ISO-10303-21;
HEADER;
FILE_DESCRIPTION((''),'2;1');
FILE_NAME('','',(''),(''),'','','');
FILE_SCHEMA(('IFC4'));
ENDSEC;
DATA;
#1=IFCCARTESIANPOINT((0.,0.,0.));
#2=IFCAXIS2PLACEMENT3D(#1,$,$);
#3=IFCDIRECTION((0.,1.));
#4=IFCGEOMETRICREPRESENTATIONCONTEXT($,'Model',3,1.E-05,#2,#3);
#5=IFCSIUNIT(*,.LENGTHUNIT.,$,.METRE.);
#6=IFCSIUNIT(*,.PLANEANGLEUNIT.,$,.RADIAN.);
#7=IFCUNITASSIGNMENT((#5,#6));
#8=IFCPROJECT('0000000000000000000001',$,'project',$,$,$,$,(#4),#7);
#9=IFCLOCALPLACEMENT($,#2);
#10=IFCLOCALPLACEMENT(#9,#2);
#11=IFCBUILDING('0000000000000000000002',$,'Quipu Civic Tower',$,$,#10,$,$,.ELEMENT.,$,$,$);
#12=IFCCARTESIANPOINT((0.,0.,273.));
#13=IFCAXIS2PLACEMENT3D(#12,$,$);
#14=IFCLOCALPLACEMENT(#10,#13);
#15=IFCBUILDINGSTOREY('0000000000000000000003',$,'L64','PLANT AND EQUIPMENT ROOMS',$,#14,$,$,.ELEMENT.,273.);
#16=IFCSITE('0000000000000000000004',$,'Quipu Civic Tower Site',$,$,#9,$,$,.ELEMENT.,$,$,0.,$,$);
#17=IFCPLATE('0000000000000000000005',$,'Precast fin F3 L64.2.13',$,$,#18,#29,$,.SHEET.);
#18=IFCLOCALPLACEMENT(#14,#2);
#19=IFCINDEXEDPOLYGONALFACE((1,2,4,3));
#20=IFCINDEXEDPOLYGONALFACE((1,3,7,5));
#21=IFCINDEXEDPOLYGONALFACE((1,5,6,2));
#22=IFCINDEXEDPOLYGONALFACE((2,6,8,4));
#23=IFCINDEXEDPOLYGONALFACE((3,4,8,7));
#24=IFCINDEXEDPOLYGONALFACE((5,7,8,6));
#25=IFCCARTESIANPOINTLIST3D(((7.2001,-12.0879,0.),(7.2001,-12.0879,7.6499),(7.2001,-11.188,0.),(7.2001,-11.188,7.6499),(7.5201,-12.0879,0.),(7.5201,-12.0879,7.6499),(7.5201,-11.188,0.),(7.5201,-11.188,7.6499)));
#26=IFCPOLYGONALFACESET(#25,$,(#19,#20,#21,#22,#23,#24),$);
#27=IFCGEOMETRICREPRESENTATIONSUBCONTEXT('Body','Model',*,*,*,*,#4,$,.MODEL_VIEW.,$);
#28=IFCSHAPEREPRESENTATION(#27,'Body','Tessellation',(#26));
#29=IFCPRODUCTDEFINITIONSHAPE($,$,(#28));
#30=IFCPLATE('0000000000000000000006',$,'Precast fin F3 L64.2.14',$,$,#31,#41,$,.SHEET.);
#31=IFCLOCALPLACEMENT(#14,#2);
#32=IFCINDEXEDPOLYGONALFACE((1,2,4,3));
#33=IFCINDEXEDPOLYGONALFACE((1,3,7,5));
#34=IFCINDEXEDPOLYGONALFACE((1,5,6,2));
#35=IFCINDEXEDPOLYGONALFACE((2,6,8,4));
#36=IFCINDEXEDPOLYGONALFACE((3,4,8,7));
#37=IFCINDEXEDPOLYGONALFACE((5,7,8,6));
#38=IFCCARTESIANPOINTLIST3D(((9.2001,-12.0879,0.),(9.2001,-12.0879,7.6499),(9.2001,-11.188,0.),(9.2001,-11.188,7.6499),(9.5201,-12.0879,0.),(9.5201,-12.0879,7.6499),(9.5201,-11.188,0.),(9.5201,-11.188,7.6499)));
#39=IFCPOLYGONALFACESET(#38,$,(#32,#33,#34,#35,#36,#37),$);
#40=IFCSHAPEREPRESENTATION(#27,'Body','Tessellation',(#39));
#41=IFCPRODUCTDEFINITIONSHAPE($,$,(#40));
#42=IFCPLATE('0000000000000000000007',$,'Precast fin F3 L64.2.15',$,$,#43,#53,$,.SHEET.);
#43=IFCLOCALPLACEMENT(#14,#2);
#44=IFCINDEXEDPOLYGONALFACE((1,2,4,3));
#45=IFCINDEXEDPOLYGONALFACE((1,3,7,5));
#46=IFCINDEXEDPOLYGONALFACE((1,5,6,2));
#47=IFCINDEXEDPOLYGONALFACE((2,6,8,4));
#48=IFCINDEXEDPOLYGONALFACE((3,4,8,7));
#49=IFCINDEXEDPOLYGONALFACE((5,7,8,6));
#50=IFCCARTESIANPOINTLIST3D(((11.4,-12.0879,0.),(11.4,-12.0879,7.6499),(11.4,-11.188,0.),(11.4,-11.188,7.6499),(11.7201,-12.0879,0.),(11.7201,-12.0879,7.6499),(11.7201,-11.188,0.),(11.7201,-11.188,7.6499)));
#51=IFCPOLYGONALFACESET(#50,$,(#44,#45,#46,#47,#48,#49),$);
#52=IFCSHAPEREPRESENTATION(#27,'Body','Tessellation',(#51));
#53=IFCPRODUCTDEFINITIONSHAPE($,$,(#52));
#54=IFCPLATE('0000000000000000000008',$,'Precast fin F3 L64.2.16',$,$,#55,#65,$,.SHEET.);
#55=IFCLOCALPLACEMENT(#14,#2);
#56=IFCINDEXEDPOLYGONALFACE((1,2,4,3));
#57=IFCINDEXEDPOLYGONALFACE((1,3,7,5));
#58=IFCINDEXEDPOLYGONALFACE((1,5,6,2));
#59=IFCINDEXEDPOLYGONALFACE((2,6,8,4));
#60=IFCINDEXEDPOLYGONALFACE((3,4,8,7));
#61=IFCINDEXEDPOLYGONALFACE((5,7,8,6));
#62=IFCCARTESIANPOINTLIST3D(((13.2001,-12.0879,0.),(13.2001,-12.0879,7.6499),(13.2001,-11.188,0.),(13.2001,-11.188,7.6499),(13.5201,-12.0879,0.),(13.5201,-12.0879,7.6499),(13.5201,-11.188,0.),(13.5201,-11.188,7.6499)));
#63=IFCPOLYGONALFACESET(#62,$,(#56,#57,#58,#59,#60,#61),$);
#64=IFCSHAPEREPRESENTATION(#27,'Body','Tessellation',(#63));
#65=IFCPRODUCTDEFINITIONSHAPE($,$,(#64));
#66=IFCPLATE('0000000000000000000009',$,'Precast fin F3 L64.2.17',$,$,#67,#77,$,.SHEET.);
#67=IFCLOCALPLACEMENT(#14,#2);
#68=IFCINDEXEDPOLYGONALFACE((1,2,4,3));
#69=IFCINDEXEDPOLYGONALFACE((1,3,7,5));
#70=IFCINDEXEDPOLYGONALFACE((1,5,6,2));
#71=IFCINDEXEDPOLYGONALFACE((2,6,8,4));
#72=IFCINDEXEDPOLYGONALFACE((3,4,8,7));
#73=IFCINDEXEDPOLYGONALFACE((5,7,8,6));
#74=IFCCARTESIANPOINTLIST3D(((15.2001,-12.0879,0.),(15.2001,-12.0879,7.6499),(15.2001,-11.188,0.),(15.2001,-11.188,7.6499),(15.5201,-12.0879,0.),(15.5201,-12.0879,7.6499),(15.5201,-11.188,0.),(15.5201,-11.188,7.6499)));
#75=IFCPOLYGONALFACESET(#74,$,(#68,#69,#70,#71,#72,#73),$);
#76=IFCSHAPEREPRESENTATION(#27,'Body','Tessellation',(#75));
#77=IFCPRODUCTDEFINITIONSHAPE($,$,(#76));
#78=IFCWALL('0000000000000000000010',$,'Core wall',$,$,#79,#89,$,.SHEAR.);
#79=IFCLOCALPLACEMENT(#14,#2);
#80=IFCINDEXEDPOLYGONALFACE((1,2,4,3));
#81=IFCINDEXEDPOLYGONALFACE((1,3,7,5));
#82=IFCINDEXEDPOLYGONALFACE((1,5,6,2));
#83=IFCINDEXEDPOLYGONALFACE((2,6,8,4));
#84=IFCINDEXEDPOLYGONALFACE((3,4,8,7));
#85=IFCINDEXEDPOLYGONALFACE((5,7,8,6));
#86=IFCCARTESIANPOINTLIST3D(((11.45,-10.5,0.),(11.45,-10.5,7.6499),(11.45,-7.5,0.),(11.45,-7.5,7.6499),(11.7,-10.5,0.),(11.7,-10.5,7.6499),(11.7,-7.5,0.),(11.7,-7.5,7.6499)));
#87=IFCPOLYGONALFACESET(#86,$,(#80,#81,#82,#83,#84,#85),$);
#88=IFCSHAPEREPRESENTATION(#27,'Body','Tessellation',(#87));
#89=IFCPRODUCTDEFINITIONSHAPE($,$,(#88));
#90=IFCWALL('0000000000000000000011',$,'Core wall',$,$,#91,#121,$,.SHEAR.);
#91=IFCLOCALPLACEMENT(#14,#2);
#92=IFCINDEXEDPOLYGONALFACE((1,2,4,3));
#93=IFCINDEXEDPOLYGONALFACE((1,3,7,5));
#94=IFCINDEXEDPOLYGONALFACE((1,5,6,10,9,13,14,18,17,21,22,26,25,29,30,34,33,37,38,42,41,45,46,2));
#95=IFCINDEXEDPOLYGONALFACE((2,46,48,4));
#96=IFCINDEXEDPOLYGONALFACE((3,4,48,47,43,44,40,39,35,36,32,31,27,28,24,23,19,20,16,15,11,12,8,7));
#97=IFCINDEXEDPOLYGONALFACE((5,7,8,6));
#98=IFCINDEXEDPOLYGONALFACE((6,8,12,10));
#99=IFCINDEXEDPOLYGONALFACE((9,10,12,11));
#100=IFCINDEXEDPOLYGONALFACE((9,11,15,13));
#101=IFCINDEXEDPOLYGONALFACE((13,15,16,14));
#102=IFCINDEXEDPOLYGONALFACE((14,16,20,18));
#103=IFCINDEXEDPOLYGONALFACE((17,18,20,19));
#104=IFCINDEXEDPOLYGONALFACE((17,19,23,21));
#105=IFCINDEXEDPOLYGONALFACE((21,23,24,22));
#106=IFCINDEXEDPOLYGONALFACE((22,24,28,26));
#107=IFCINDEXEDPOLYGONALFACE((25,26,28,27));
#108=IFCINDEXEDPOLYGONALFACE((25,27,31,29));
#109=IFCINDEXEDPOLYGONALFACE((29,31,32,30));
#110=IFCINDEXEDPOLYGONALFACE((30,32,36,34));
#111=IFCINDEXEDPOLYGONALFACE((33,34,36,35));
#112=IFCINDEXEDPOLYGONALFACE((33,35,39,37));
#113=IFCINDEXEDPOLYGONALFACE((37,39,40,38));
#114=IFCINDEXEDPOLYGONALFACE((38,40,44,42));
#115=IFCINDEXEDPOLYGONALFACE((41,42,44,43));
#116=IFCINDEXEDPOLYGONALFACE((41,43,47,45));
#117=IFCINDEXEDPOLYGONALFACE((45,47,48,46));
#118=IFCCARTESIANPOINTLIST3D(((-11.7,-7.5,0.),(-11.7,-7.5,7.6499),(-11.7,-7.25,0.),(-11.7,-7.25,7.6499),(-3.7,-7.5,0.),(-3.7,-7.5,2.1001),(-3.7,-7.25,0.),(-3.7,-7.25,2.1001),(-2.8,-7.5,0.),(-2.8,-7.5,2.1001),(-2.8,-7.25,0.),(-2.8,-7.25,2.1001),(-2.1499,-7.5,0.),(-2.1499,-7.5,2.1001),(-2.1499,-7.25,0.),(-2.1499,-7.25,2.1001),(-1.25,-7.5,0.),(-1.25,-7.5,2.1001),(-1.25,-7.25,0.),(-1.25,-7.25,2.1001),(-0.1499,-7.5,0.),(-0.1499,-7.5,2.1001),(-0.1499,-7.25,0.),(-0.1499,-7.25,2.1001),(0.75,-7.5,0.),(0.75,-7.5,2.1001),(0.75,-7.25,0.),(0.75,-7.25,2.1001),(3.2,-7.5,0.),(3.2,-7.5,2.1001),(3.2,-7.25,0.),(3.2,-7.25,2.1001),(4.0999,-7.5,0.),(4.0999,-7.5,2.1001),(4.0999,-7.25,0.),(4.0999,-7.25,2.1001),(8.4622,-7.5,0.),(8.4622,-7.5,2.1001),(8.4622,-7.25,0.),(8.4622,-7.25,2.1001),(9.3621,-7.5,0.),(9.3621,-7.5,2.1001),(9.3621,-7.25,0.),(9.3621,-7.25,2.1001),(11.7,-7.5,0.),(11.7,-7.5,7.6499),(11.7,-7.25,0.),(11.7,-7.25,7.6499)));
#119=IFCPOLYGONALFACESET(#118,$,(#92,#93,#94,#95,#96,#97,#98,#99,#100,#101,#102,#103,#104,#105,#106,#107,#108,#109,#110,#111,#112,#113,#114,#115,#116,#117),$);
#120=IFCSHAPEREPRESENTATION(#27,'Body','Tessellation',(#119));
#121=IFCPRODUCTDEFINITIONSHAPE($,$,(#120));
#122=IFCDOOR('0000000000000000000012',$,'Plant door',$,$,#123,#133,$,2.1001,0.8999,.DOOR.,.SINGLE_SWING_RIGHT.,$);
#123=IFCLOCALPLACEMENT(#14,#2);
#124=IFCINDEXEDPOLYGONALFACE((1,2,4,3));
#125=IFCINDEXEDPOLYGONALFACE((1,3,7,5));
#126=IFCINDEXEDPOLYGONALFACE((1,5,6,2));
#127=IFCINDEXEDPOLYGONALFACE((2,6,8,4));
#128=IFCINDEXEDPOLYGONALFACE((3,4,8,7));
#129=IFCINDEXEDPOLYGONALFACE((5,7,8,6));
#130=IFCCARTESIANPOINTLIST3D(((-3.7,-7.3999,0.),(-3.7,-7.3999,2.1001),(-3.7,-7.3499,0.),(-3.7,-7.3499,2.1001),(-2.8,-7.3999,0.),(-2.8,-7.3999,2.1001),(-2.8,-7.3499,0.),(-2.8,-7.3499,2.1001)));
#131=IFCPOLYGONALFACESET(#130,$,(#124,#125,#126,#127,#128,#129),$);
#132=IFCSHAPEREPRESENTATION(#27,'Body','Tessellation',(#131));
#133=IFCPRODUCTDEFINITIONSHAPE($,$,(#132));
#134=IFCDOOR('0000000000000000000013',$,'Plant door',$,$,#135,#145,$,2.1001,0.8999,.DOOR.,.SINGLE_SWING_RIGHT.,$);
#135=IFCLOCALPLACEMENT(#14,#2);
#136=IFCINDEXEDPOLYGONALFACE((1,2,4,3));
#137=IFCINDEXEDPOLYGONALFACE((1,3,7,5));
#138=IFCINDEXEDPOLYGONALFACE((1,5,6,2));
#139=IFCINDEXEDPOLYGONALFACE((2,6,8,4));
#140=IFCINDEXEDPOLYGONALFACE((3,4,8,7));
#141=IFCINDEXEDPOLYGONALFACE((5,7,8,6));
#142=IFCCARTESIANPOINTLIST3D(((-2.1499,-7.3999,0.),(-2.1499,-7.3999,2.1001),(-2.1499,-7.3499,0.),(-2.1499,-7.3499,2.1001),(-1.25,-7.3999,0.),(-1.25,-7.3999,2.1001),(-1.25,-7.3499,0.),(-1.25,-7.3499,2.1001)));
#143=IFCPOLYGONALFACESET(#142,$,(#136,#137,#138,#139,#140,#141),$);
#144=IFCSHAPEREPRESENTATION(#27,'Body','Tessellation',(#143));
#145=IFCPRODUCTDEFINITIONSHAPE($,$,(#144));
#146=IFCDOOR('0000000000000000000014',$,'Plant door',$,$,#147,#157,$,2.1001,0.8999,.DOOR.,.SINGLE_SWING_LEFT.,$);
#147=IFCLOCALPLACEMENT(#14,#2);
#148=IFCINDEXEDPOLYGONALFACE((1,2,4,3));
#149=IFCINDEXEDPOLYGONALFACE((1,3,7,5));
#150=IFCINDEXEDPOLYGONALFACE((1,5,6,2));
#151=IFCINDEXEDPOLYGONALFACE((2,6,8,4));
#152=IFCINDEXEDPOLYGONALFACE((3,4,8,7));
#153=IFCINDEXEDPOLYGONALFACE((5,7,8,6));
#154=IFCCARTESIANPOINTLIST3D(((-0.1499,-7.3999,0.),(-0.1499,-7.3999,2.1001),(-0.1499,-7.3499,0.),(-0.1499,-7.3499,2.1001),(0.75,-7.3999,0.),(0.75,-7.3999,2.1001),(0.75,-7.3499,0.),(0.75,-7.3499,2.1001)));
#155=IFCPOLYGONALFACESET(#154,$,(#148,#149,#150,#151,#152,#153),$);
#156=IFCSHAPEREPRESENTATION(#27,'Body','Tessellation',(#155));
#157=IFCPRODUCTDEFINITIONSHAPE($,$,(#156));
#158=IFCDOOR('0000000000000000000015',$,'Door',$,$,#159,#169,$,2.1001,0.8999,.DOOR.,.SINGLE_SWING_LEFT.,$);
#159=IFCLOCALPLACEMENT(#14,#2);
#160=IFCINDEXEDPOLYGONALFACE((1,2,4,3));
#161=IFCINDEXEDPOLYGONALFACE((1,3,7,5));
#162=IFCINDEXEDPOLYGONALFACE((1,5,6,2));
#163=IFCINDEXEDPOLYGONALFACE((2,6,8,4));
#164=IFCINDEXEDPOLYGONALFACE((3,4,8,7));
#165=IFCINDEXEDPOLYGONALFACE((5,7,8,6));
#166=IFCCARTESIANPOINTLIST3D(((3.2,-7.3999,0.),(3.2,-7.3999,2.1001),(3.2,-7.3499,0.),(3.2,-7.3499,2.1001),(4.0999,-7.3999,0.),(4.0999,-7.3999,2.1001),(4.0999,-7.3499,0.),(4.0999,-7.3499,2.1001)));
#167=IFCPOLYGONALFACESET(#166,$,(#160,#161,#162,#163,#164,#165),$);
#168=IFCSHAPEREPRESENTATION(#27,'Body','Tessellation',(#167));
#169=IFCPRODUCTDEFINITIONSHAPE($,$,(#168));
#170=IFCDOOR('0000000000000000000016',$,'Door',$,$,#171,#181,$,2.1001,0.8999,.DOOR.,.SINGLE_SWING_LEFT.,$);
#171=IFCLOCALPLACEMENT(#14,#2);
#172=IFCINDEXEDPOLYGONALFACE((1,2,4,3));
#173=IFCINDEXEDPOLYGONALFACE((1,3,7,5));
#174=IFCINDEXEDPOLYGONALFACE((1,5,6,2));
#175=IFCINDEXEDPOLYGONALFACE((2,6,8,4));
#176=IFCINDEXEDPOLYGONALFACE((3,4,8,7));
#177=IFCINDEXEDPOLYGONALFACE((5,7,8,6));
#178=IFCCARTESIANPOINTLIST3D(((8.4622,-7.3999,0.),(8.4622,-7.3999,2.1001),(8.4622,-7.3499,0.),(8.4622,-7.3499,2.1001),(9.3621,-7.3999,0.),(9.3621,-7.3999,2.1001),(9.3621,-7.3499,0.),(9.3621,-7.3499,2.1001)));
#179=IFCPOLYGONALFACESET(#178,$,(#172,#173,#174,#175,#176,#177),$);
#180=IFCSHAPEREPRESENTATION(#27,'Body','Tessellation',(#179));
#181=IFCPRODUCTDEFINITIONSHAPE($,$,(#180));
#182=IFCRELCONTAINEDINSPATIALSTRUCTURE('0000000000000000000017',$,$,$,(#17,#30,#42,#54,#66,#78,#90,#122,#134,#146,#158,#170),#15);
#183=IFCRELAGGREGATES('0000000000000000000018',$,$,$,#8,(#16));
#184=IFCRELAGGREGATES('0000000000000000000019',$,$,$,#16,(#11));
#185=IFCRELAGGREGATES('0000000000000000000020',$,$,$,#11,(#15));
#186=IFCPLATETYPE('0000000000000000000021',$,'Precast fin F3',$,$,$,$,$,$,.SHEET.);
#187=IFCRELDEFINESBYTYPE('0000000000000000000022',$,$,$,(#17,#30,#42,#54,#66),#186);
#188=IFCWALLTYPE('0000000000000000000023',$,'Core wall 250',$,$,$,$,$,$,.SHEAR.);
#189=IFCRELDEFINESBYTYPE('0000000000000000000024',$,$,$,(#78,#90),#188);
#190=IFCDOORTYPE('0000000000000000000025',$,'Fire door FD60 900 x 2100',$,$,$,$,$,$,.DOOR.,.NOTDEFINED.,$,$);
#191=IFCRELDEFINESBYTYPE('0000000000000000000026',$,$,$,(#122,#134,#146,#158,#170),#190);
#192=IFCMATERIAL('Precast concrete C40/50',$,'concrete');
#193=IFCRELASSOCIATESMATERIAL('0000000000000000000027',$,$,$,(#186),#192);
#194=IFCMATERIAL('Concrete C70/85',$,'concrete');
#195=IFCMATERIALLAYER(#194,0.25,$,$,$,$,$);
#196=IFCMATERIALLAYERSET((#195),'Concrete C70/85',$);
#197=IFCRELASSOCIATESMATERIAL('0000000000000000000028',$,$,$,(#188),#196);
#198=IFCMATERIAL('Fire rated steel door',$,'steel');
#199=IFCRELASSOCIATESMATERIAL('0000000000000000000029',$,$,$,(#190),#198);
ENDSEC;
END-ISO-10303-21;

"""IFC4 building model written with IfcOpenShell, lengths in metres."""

from ifc_helpers import new_model, si_unit, direction, frame, frame_2d, origin, origin_2d, place, context, subcontext, project, spatial, rectangle, extrude, material, layer, layer_set, type_object, element, fill, save


model = new_model("IFC4")

# Units and contexts
model_context = context("Model", 3, precision=1e-05, world=origin(), true_north=direction((0.0, 1.0)))
body_context = subcontext(model_context, "Body", "Model", "MODEL_VIEW")
ifc_project = project(units=[si_unit("LENGTHUNIT", "METRE"), si_unit("PLANEANGLEUNIT", "RADIAN")], contexts=[model_context])

# Site, building, storey
site_placement = place(None, origin())
site = spatial("IfcSite", under=ifc_project, at=site_placement, Name="Quipu Civic Tower Site", CompositionType="ELEMENT", RefElevation=0.0)
building_placement = place(site_placement, origin())
building = spatial("IfcBuilding", under=site, at=building_placement, Name="Quipu Civic Tower", CompositionType="ELEMENT")
storey_placement = place(building_placement, frame((0.0, 0.0, 273.0)))
storey = spatial("IfcBuildingStorey", under=building, at=storey_placement, Name="L64", Description="PLANT AND EQUIPMENT ROOMS", CompositionType="ELEMENT", Elevation=273.0)

# Plates
ifc_material_1 = material(Name="Precast concrete C40/50", Category="concrete")
plate_type = type_object("IfcPlateType", Name="Precast fin F3", PredefinedType="SHEET", material=ifc_material_1)
for number, where, z_axis, x_axis, name in (
    (1, (7.3601, -11.6379, 0.0), (0.0, 0.0, 1.0), (1.0, 0.0, 0.0), "Precast fin F3 L64.2.13"),
    (2, (9.3601, -11.6379, 0.0), (0.0, 0.0, 1.0), (1.0, 0.0, 0.0), "Precast fin F3 L64.2.14"),
    (3, (11.5601, -11.6379, 0.0), (0.0, 0.0, 1.0), (1.0, 0.0, 0.0), "Precast fin F3 L64.2.15"),
    (4, (13.3601, -11.6379, 0.0), (0.0, 0.0, 1.0), (1.0, 0.0, 0.0), "Precast fin F3 L64.2.16"),
    (5, (15.3601, -11.6379, 0.0), (0.0, 0.0, 1.0), (1.0, 0.0, 0.0), "Precast fin F3 L64.2.17"),
):
    element("IfcPlate", number, at=place(storey_placement, frame(where, z_axis=z_axis, x_axis=x_axis)), inside=storey, type_object=plate_type, Name=name, PredefinedType="SHEET", context=body_context, shape_type="SweptSolid", body=[
        extrude(rectangle(XDim=0.3201, YDim=0.8999, at=origin_2d()), origin(), (0.0, 0.0, 1.0), 7.6499),
    ])

# Wall
ifc_material_2 = material(Name="Concrete C70/85", Category="concrete")
ifc_layer_1 = layer(ifc_material_2, 0.25)
ifc_layer_set_1 = layer_set([ifc_layer_1], Name="Concrete C70/85")
wall_type_1 = type_object("IfcWallType", Name="Core wall 250", PredefinedType="SHEAR", material=ifc_layer_set_1)
wall_1_placement = place(storey_placement, frame((11.575, -10.5, 0.0), z_axis=(0.0, 0.0, 1.0), x_axis=(0.0, 1.0, 0.0)))
element("IfcWall", 6, at=wall_1_placement, inside=storey, type_object=wall_type_1, Name="Core wall", PredefinedType="SHEAR", context=body_context, shape_type="SweptSolid", body=[
    extrude(rectangle(XDim=3.0, YDim=0.25, at=frame_2d((1.5, 0.0))), origin(), (0.0, 0.0, 1.0), 7.6499),
])

# Wall, openings, doors
wall_2_placement = place(storey_placement, frame((11.7, -7.375, 0.0), z_axis=(0.0, 0.0, 1.0), x_axis=(-1.0, 0.0, 0.0)))
wall_2 = element("IfcWall", 7, at=wall_2_placement, inside=storey, type_object=wall_type_1, Name="Core wall", PredefinedType="SHEAR", context=body_context, shape_type="SweptSolid", body=[
    extrude(rectangle(XDim=23.3999, YDim=0.25, at=frame_2d((11.7, 0.0))), origin(), (0.0, 0.0, 1.0), 7.6499),
])
opening_1_placement = place(wall_2_placement, frame((14.5, 0.0, 0.0)))
opening_1 = element("IfcOpeningElement", 8, at=opening_1_placement, cuts=wall_2, PredefinedType="OPENING", context=body_context, shape_type="SweptSolid", body=[
    extrude(rectangle(XDim=0.8999, YDim=2.1001, at=frame_2d((0.45, 1.05))), frame((0.0, 0.135, 0.0), z_axis=(0.0, -1.0, 0.0), x_axis=(1.0, 0.0, 0.0)), (0.0, 0.0, 1.0), 0.27),
])
opening_2_placement = place(wall_2_placement, frame((12.95, 0.0, 0.0)))
opening_2 = element("IfcOpeningElement", 9, at=opening_2_placement, cuts=wall_2, PredefinedType="OPENING", context=body_context, shape_type="SweptSolid", body=[
    extrude(rectangle(XDim=0.8999, YDim=2.1001, at=frame_2d((0.45, 1.05))), frame((0.0, 0.135, 0.0), z_axis=(0.0, -1.0, 0.0), x_axis=(1.0, 0.0, 0.0)), (0.0, 0.0, 1.0), 0.27),
])
opening_3_placement = place(wall_2_placement, frame((10.95, 0.0, 0.0)))
opening_3 = element("IfcOpeningElement", 10, at=opening_3_placement, cuts=wall_2, PredefinedType="OPENING", context=body_context, shape_type="SweptSolid", body=[
    extrude(rectangle(XDim=0.8999, YDim=2.1001, at=frame_2d((0.45, 1.05))), frame((0.0, 0.135, 0.0), z_axis=(0.0, -1.0, 0.0), x_axis=(1.0, 0.0, 0.0)), (0.0, 0.0, 1.0), 0.27),
])
opening_4_placement = place(wall_2_placement, frame((7.6001, 0.0, 0.0)))
opening_4 = element("IfcOpeningElement", 11, at=opening_4_placement, cuts=wall_2, PredefinedType="OPENING", context=body_context, shape_type="SweptSolid", body=[
    extrude(rectangle(XDim=0.8999, YDim=2.1001, at=frame_2d((0.45, 1.05))), frame((0.0, 0.135, 0.0), z_axis=(0.0, -1.0, 0.0), x_axis=(1.0, 0.0, 0.0)), (0.0, 0.0, 1.0), 0.27),
])
opening_5_placement = place(wall_2_placement, frame((2.3379, 0.0, 0.0)))
opening_5 = element("IfcOpeningElement", 12, at=opening_5_placement, cuts=wall_2, PredefinedType="OPENING", context=body_context, shape_type="SweptSolid", body=[
    extrude(rectangle(XDim=0.8999, YDim=2.1001, at=frame_2d((0.45, 1.05))), frame((0.0, 0.135, 0.0), z_axis=(0.0, -1.0, 0.0), x_axis=(1.0, 0.0, 0.0)), (0.0, 0.0, 1.0), 0.27),
])
ifc_material_3 = material(Name="Fire rated steel door", Category="steel")
door_type_1 = type_object("IfcDoorType", Name="Fire door FD60 900 x 2100", OperationType="NOTDEFINED", PredefinedType="DOOR", material=ifc_material_3)
door_1_placement = place(opening_1_placement, origin())
door_1 = element("IfcDoor", 13, at=door_1_placement, inside=storey, type_object=door_type_1, Name="Plant door", OperationType="SINGLE_SWING_RIGHT", OverallHeight=2.1001, OverallWidth=0.8999, PredefinedType="DOOR", context=body_context, shape_type="SweptSolid", body=[
    extrude(rectangle(XDim=0.8999, YDim=2.1001, at=frame_2d((0.45, 1.05))), frame((0.0, 0.0249, 0.0), z_axis=(0.0, -1.0, 0.0), x_axis=(1.0, 0.0, 0.0)), (0.0, 0.0, 1.0), 0.05),
])
fill(opening_1, door_1)
door_2_placement = place(opening_2_placement, origin())
door_2 = element("IfcDoor", 14, at=door_2_placement, inside=storey, type_object=door_type_1, Name="Plant door", OperationType="SINGLE_SWING_RIGHT", OverallHeight=2.1001, OverallWidth=0.8999, PredefinedType="DOOR", context=body_context, shape_type="SweptSolid", body=[
    extrude(rectangle(XDim=0.8999, YDim=2.1001, at=frame_2d((0.45, 1.05))), frame((0.0, 0.0249, 0.0), z_axis=(0.0, -1.0, 0.0), x_axis=(1.0, 0.0, 0.0)), (0.0, 0.0, 1.0), 0.05),
])
fill(opening_2, door_2)
door_3_placement = place(opening_3_placement, origin())
door_3 = element("IfcDoor", 15, at=door_3_placement, inside=storey, type_object=door_type_1, Name="Plant door", OperationType="SINGLE_SWING_LEFT", OverallHeight=2.1001, OverallWidth=0.8999, PredefinedType="DOOR", context=body_context, shape_type="SweptSolid", body=[
    extrude(rectangle(XDim=0.8999, YDim=2.1001, at=frame_2d((0.45, 1.05))), frame((0.0, 0.0249, 0.0), z_axis=(0.0, -1.0, 0.0), x_axis=(1.0, 0.0, 0.0)), (0.0, 0.0, 1.0), 0.05),
])
fill(opening_3, door_3)
door_4_placement = place(opening_4_placement, origin())
door_4 = element("IfcDoor", 16, at=door_4_placement, inside=storey, type_object=door_type_1, Name="Door", OperationType="SINGLE_SWING_LEFT", OverallHeight=2.1001, OverallWidth=0.8999, PredefinedType="DOOR", context=body_context, shape_type="SweptSolid", body=[
    extrude(rectangle(XDim=0.8999, YDim=2.1001, at=frame_2d((0.45, 1.05))), frame((0.0, 0.0249, 0.0), z_axis=(0.0, -1.0, 0.0), x_axis=(1.0, 0.0, 0.0)), (0.0, 0.0, 1.0), 0.05),
])
fill(opening_4, door_4)
door_5_placement = place(opening_5_placement, origin())
door_5 = element("IfcDoor", 17, at=door_5_placement, inside=storey, type_object=door_type_1, Name="Door", OperationType="SINGLE_SWING_LEFT", OverallHeight=2.1001, OverallWidth=0.8999, PredefinedType="DOOR", context=body_context, shape_type="SweptSolid", body=[
    extrude(rectangle(XDim=0.8999, YDim=2.1001, at=frame_2d((0.45, 1.05))), frame((0.0, 0.0249, 0.0), z_axis=(0.0, -1.0, 0.0), x_axis=(1.0, 0.0, 0.0)), (0.0, 0.0, 1.0), 0.05),
])
fill(opening_5, door_5)

save(model, "model.ifc")
